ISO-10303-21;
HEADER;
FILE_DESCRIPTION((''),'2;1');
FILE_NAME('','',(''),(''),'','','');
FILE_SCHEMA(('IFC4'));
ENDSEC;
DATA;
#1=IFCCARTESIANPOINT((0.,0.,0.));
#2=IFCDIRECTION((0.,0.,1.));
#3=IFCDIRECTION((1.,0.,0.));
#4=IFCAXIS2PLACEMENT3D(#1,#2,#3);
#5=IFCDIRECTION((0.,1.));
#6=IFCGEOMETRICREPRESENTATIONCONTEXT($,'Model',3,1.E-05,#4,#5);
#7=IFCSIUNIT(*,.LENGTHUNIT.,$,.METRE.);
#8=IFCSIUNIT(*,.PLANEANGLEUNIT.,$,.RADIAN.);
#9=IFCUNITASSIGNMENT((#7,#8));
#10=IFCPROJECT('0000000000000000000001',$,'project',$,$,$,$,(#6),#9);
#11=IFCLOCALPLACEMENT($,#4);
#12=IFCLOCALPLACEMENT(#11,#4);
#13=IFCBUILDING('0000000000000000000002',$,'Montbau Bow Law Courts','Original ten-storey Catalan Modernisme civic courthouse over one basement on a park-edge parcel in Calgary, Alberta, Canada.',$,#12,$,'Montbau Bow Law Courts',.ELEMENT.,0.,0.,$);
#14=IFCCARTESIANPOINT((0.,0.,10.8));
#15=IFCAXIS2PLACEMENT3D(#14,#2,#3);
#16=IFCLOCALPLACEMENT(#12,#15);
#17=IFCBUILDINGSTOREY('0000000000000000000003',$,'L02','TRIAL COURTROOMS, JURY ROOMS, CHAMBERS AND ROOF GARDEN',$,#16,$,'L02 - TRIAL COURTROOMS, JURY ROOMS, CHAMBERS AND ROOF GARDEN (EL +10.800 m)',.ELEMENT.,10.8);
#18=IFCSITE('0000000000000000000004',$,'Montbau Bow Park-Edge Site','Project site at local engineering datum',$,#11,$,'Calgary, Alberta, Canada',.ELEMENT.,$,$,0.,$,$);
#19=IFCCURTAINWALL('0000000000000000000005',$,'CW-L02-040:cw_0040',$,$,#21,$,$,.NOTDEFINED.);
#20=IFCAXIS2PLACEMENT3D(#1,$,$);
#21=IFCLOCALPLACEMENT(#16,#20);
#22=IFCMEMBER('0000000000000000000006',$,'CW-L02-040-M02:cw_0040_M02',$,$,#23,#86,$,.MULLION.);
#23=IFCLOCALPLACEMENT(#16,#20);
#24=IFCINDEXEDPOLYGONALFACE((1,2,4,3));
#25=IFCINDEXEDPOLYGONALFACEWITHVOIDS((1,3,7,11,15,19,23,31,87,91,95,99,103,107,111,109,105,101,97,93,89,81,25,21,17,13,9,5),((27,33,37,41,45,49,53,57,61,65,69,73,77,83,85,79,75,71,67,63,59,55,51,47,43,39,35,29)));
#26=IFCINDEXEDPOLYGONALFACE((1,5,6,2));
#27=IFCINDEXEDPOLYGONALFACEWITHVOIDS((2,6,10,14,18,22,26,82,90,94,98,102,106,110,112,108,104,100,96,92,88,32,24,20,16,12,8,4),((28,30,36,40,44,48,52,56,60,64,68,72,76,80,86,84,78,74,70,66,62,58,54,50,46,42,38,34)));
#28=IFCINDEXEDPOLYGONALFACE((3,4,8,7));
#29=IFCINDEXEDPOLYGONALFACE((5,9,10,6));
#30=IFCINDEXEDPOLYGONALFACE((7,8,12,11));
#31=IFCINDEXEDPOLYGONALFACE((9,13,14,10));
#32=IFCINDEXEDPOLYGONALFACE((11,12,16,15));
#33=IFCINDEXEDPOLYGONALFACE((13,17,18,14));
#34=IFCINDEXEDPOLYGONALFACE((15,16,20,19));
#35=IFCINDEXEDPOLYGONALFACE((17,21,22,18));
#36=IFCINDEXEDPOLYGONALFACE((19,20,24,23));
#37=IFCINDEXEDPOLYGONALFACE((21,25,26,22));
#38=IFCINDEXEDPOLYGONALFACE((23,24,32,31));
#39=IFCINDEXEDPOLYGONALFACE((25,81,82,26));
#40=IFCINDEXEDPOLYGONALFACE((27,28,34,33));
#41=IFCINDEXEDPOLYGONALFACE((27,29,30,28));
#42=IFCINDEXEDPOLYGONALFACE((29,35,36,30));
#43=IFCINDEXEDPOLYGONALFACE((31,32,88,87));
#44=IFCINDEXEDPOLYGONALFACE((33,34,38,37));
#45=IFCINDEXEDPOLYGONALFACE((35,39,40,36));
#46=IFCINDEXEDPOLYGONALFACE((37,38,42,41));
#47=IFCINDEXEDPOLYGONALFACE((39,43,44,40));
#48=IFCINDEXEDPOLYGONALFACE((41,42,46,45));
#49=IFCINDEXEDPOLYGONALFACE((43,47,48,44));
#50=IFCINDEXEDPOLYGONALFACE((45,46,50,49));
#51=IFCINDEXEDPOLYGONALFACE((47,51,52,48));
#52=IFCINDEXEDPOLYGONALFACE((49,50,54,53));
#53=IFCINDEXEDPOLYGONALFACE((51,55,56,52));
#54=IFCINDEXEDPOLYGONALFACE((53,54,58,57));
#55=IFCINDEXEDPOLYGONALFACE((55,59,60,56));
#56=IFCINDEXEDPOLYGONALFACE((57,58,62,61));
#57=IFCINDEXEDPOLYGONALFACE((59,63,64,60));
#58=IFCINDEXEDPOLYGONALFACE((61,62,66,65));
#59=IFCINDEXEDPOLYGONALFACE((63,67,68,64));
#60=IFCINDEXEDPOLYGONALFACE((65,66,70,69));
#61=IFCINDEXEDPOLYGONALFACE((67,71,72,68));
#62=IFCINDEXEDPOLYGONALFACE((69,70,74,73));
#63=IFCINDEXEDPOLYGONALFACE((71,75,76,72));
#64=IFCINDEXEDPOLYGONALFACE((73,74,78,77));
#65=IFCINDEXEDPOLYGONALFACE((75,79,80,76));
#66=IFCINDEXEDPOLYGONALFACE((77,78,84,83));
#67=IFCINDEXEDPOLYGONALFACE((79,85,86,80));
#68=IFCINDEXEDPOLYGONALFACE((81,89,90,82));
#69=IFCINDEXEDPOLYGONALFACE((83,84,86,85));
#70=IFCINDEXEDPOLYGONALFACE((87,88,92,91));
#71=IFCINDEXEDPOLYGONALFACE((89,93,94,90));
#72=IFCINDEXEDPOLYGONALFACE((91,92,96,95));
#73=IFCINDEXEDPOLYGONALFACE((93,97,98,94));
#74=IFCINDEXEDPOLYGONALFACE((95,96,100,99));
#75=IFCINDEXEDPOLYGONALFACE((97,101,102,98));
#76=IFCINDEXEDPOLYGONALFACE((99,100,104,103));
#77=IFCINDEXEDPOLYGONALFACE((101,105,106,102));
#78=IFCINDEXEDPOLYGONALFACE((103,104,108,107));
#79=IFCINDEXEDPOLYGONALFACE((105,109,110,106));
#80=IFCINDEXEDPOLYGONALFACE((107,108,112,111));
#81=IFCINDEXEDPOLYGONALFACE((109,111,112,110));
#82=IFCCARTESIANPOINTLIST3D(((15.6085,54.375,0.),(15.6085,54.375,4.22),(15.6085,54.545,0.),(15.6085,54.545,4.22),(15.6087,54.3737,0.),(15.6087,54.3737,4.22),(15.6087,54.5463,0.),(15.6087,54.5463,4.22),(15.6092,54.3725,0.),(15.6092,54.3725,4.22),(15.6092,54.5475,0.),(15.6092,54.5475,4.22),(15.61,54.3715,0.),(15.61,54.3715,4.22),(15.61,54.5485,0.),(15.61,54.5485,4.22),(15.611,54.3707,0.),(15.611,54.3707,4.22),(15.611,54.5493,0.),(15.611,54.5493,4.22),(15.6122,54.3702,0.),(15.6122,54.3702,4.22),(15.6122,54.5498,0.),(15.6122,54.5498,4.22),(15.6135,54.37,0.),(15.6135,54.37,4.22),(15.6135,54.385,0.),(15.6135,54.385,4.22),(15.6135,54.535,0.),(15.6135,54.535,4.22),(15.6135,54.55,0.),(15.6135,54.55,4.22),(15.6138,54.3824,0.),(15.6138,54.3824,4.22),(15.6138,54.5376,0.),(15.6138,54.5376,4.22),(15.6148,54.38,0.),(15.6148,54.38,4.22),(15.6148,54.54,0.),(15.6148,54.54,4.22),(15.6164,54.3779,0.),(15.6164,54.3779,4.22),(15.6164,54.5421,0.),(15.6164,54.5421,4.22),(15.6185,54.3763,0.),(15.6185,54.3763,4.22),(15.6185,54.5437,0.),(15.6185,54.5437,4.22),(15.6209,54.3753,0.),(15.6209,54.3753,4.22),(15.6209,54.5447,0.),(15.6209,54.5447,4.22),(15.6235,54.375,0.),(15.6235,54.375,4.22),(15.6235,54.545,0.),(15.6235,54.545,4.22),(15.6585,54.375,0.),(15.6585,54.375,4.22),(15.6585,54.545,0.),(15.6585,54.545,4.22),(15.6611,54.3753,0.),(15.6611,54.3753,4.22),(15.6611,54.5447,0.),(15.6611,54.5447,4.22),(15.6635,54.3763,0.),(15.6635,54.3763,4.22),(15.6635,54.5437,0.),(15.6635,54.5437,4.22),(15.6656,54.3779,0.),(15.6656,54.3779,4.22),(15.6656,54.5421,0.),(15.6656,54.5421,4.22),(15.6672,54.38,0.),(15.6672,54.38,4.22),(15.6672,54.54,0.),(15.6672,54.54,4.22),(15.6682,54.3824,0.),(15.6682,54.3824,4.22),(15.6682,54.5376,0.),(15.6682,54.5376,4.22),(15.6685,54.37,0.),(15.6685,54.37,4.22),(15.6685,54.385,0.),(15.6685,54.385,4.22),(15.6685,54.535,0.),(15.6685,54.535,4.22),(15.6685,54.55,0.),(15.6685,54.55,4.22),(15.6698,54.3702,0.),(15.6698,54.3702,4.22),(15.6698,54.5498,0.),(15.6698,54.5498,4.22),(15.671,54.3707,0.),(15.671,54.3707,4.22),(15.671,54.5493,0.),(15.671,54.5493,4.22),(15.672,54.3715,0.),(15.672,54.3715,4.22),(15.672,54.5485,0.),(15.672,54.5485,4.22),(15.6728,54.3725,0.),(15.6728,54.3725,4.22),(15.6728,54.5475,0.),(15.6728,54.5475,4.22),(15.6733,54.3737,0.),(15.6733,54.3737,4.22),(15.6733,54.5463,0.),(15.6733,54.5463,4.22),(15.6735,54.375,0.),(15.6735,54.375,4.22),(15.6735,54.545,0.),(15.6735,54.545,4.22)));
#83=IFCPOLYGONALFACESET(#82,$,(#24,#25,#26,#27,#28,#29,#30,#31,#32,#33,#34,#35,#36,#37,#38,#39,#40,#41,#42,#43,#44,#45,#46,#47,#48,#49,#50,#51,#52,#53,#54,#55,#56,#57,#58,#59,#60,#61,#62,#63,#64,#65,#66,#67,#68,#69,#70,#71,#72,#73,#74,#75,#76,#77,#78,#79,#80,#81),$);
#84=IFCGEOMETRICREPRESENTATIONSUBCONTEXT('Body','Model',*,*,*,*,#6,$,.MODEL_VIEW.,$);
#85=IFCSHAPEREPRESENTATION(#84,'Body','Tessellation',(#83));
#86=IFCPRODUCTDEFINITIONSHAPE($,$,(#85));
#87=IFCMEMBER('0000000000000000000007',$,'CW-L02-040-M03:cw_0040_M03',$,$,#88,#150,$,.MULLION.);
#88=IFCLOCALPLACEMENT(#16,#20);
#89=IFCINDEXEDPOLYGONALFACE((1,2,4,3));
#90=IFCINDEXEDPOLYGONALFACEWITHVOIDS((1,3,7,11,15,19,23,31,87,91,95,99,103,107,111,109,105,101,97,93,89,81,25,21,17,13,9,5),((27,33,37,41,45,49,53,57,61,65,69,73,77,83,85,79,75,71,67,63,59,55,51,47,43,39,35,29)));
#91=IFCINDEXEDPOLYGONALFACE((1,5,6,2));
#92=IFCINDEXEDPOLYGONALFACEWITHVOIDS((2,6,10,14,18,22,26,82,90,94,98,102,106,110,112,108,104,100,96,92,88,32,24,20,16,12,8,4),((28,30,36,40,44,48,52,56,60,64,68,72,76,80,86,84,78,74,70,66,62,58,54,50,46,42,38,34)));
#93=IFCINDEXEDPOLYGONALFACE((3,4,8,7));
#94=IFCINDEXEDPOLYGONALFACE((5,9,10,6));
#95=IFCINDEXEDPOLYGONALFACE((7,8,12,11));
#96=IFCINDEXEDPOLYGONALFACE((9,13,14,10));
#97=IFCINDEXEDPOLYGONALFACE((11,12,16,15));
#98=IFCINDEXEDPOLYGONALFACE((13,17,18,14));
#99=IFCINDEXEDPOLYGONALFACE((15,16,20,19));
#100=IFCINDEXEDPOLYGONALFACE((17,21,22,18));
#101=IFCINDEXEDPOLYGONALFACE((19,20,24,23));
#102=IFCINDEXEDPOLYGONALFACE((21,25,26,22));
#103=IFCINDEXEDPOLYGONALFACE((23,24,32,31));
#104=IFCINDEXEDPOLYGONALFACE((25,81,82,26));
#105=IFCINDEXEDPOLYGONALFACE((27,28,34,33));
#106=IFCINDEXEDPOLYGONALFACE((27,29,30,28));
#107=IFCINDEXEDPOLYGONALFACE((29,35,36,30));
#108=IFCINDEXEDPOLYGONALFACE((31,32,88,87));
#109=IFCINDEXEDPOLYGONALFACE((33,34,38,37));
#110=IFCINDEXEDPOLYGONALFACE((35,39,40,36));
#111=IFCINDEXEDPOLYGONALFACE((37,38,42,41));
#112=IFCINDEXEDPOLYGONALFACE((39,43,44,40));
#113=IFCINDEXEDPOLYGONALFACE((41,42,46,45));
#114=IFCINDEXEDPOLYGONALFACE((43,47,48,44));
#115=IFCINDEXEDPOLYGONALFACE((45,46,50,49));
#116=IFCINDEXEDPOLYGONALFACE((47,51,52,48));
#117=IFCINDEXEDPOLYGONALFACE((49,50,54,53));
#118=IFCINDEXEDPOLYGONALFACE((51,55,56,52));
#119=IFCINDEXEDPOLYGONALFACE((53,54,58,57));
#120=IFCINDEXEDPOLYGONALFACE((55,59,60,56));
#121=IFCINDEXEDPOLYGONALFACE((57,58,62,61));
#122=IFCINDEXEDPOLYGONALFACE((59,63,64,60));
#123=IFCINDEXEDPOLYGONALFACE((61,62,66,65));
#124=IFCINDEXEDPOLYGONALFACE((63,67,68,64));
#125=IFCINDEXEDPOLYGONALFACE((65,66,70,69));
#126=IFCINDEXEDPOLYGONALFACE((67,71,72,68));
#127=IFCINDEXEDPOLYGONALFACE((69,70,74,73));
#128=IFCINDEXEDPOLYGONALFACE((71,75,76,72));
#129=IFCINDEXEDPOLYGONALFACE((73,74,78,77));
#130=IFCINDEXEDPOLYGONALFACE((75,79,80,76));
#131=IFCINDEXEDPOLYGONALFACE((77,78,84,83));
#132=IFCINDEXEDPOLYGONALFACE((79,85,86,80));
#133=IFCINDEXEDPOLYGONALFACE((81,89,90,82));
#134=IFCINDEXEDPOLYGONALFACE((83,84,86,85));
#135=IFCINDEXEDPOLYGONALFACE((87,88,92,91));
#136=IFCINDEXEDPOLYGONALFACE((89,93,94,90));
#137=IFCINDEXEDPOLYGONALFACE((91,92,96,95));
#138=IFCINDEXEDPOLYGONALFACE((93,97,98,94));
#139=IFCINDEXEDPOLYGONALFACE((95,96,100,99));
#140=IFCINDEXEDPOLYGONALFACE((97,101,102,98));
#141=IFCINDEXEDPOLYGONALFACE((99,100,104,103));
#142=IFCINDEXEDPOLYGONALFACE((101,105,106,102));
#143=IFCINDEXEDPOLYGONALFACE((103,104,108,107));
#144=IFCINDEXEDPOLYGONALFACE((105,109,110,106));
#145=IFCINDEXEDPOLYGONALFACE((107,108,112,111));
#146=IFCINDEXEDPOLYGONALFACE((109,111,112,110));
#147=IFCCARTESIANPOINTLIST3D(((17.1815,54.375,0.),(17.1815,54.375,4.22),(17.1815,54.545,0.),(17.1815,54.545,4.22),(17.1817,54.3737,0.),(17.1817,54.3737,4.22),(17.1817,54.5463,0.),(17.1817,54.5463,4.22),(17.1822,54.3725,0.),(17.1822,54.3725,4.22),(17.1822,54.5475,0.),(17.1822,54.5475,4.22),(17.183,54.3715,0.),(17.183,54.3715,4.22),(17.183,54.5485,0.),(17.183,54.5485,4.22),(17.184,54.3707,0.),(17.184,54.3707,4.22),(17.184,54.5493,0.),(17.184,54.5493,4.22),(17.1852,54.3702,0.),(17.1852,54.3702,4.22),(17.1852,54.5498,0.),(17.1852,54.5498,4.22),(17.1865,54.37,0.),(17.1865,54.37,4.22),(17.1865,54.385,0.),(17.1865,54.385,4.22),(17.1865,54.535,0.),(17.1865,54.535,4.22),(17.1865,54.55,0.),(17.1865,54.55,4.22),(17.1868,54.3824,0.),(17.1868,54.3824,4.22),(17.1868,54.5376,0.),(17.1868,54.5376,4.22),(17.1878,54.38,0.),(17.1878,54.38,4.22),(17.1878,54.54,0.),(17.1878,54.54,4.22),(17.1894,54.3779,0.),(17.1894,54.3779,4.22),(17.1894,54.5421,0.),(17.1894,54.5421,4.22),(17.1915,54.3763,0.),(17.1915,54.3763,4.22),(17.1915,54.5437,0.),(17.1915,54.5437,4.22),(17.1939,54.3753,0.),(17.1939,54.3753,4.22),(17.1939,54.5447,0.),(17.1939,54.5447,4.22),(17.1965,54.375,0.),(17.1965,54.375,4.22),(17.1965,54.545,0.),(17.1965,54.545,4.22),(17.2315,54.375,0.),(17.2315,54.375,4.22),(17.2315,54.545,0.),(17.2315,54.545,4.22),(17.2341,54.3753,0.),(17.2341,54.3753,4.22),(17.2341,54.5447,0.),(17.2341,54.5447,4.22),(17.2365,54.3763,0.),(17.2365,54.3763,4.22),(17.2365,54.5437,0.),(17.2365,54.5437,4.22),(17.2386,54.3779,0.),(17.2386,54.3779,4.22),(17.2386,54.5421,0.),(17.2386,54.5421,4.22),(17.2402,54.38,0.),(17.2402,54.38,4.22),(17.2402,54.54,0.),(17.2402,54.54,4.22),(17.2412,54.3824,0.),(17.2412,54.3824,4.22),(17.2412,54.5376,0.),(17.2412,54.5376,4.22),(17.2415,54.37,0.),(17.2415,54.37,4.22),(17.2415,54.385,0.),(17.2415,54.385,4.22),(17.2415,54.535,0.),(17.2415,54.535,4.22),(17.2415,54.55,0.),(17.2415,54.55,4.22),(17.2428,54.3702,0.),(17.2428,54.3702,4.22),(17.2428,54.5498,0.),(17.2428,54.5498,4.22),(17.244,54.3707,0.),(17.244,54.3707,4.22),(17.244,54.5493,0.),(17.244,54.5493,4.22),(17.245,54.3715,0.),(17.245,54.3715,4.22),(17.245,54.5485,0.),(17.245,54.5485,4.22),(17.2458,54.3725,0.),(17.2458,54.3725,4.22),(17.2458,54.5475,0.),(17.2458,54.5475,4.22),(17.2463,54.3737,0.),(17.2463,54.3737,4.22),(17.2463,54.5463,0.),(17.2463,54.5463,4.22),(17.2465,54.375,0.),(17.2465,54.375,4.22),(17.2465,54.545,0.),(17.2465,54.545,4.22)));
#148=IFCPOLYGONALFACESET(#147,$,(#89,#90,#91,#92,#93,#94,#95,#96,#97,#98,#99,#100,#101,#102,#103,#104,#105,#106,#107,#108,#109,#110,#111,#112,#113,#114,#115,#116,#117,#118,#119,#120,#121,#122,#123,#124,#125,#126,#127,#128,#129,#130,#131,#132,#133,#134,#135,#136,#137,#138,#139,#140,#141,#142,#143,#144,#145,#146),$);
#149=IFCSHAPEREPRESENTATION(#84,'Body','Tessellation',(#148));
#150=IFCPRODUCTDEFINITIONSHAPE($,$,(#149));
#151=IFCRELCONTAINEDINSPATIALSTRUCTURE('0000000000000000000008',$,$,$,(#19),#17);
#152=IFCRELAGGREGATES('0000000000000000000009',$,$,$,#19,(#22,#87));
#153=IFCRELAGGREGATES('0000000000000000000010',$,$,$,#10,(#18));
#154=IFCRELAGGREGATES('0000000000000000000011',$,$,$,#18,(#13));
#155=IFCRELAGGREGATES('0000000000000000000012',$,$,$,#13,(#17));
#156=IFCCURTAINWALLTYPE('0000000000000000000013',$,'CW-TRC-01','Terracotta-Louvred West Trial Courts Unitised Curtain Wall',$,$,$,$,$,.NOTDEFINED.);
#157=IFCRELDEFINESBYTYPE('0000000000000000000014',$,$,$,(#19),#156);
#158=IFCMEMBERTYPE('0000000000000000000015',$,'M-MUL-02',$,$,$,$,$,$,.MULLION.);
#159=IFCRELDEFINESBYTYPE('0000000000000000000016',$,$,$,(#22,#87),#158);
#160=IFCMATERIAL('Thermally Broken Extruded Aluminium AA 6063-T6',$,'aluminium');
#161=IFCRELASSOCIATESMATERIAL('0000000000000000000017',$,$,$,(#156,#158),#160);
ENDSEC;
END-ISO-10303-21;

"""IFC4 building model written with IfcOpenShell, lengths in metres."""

from ifc_helpers import new_model, si_unit, direction, frame, origin_with_axes, origin_2d_with_axis, place, context, subcontext, project, spatial, hollow_rectangle, extrude, material, material_profile, profile_set, type_object, element, aggregate, save


model = new_model("IFC4")

# Units and contexts
model_context = context("Model", 3, precision=1e-05, world=origin_with_axes(), true_north=direction((0.0, 1.0)))
body_context = subcontext(model_context, "Body", "Model", "MODEL_VIEW")
ifc_project = project(units=[si_unit("LENGTHUNIT", "METRE"), si_unit("PLANEANGLEUNIT", "RADIAN")], contexts=[model_context])

# Site, building, storey
site_placement = place(None, origin_with_axes())
site = spatial("IfcSite", under=ifc_project, at=site_placement, Name="Montbau Bow Park-Edge Site", Description="Project site at local engineering datum", LongName="Calgary, Alberta, Canada", CompositionType="ELEMENT", RefElevation=0.0)
building_placement = place(site_placement, origin_with_axes())
building = spatial("IfcBuilding", under=site, at=building_placement, Name="Montbau Bow Law Courts", Description="Original ten-storey Catalan Modernisme civic courthouse over one basement on a park-edge parcel in Calgary, Alberta, Canada.", LongName="Montbau Bow Law Courts", CompositionType="ELEMENT", ElevationOfRefHeight=0.0, ElevationOfTerrain=0.0)
storey_placement = place(building_placement, frame((0.0, 0.0, 10.8), z_axis=(0.0, 0.0, 1.0), x_axis=(1.0, 0.0, 0.0)))
storey = spatial("IfcBuildingStorey", under=building, at=storey_placement, Name="L02", Description="TRIAL COURTROOMS, JURY ROOMS, CHAMBERS AND ROOF GARDEN", LongName="L02 - TRIAL COURTROOMS, JURY ROOMS, CHAMBERS AND ROOF GARDEN (EL +10.800 m)", CompositionType="ELEMENT", Elevation=10.8)

# Curtain wall, members
ifc_material_1 = material(Name="Thermally Broken Extruded Aluminium AA 6063-T6", Category="aluminium")
curtain_wall_type = type_object("IfcCurtainWallType", Name="CW-TRC-01", Description="Terracotta-Louvred West Trial Courts Unitised Curtain Wall", PredefinedType="NOTDEFINED", material=ifc_material_1)
curtain_wall_1_placement = place(None, frame((14.068, 54.46, 10.8), z_axis=(0.0, 0.0, 1.0), x_axis=(1.0, 0.0, 0.0)))
curtain_wall_1 = element("IfcCurtainWall", 1, at=curtain_wall_1_placement, inside=storey, type_object=curtain_wall_type, Name="CW-L02-040:cw_0040", PredefinedType="NOTDEFINED")
ifc_material_profile_1 = material_profile(ifc_material_1, hollow_rectangle(XDim=0.065, YDim=0.18, WallThickness=0.005, InnerFilletRadius=0.01, OuterFilletRadius=0.005, at=origin_2d_with_axis()), Name="CWM-180X65", Category="Main", Priority=0)
ifc_profile_set_1 = profile_set([ifc_material_profile_1], Name="Thermally Broken Extruded Aluminium AA 6063-T6")
member_type_1 = type_object("IfcMemberType", Name="M-MUL-02", PredefinedType="MULLION", material=ifc_profile_set_1)
member_1_placement = place(None, frame((15.641, 54.46, 10.8), z_axis=(0.0, 0.0, 1.0), x_axis=(1.0, 0.0, 0.0)))
member_1 = element("IfcMember", 2, at=member_1_placement, type_object=member_type_1, Name="CW-L02-040-M02:cw_0040_M02", PredefinedType="MULLION", context=body_context, shape_type="SweptSolid", body=[
    extrude(hollow_rectangle(XDim=0.065, YDim=0.18, WallThickness=0.005, InnerFilletRadius=0.01, OuterFilletRadius=0.005, at=origin_2d_with_axis()), origin_with_axes(), (0.0, 0.0, 1.0), 4.22),
])
member_2_placement = place(None, frame((17.214, 54.46, 10.8), z_axis=(0.0, 0.0, 1.0), x_axis=(1.0, 0.0, 0.0)))
member_2 = element("IfcMember", 3, at=member_2_placement, type_object=member_type_1, Name="CW-L02-040-M03:cw_0040_M03", PredefinedType="MULLION", context=body_context, shape_type="SweptSolid", body=[
    extrude(hollow_rectangle(XDim=0.065, YDim=0.18, WallThickness=0.005, InnerFilletRadius=0.01, OuterFilletRadius=0.005, at=origin_2d_with_axis()), origin_with_axes(), (0.0, 0.0, 1.0), 4.22),
])

aggregate(curtain_wall_1, [member_1, member_2])

save(model, "model.ifc")
